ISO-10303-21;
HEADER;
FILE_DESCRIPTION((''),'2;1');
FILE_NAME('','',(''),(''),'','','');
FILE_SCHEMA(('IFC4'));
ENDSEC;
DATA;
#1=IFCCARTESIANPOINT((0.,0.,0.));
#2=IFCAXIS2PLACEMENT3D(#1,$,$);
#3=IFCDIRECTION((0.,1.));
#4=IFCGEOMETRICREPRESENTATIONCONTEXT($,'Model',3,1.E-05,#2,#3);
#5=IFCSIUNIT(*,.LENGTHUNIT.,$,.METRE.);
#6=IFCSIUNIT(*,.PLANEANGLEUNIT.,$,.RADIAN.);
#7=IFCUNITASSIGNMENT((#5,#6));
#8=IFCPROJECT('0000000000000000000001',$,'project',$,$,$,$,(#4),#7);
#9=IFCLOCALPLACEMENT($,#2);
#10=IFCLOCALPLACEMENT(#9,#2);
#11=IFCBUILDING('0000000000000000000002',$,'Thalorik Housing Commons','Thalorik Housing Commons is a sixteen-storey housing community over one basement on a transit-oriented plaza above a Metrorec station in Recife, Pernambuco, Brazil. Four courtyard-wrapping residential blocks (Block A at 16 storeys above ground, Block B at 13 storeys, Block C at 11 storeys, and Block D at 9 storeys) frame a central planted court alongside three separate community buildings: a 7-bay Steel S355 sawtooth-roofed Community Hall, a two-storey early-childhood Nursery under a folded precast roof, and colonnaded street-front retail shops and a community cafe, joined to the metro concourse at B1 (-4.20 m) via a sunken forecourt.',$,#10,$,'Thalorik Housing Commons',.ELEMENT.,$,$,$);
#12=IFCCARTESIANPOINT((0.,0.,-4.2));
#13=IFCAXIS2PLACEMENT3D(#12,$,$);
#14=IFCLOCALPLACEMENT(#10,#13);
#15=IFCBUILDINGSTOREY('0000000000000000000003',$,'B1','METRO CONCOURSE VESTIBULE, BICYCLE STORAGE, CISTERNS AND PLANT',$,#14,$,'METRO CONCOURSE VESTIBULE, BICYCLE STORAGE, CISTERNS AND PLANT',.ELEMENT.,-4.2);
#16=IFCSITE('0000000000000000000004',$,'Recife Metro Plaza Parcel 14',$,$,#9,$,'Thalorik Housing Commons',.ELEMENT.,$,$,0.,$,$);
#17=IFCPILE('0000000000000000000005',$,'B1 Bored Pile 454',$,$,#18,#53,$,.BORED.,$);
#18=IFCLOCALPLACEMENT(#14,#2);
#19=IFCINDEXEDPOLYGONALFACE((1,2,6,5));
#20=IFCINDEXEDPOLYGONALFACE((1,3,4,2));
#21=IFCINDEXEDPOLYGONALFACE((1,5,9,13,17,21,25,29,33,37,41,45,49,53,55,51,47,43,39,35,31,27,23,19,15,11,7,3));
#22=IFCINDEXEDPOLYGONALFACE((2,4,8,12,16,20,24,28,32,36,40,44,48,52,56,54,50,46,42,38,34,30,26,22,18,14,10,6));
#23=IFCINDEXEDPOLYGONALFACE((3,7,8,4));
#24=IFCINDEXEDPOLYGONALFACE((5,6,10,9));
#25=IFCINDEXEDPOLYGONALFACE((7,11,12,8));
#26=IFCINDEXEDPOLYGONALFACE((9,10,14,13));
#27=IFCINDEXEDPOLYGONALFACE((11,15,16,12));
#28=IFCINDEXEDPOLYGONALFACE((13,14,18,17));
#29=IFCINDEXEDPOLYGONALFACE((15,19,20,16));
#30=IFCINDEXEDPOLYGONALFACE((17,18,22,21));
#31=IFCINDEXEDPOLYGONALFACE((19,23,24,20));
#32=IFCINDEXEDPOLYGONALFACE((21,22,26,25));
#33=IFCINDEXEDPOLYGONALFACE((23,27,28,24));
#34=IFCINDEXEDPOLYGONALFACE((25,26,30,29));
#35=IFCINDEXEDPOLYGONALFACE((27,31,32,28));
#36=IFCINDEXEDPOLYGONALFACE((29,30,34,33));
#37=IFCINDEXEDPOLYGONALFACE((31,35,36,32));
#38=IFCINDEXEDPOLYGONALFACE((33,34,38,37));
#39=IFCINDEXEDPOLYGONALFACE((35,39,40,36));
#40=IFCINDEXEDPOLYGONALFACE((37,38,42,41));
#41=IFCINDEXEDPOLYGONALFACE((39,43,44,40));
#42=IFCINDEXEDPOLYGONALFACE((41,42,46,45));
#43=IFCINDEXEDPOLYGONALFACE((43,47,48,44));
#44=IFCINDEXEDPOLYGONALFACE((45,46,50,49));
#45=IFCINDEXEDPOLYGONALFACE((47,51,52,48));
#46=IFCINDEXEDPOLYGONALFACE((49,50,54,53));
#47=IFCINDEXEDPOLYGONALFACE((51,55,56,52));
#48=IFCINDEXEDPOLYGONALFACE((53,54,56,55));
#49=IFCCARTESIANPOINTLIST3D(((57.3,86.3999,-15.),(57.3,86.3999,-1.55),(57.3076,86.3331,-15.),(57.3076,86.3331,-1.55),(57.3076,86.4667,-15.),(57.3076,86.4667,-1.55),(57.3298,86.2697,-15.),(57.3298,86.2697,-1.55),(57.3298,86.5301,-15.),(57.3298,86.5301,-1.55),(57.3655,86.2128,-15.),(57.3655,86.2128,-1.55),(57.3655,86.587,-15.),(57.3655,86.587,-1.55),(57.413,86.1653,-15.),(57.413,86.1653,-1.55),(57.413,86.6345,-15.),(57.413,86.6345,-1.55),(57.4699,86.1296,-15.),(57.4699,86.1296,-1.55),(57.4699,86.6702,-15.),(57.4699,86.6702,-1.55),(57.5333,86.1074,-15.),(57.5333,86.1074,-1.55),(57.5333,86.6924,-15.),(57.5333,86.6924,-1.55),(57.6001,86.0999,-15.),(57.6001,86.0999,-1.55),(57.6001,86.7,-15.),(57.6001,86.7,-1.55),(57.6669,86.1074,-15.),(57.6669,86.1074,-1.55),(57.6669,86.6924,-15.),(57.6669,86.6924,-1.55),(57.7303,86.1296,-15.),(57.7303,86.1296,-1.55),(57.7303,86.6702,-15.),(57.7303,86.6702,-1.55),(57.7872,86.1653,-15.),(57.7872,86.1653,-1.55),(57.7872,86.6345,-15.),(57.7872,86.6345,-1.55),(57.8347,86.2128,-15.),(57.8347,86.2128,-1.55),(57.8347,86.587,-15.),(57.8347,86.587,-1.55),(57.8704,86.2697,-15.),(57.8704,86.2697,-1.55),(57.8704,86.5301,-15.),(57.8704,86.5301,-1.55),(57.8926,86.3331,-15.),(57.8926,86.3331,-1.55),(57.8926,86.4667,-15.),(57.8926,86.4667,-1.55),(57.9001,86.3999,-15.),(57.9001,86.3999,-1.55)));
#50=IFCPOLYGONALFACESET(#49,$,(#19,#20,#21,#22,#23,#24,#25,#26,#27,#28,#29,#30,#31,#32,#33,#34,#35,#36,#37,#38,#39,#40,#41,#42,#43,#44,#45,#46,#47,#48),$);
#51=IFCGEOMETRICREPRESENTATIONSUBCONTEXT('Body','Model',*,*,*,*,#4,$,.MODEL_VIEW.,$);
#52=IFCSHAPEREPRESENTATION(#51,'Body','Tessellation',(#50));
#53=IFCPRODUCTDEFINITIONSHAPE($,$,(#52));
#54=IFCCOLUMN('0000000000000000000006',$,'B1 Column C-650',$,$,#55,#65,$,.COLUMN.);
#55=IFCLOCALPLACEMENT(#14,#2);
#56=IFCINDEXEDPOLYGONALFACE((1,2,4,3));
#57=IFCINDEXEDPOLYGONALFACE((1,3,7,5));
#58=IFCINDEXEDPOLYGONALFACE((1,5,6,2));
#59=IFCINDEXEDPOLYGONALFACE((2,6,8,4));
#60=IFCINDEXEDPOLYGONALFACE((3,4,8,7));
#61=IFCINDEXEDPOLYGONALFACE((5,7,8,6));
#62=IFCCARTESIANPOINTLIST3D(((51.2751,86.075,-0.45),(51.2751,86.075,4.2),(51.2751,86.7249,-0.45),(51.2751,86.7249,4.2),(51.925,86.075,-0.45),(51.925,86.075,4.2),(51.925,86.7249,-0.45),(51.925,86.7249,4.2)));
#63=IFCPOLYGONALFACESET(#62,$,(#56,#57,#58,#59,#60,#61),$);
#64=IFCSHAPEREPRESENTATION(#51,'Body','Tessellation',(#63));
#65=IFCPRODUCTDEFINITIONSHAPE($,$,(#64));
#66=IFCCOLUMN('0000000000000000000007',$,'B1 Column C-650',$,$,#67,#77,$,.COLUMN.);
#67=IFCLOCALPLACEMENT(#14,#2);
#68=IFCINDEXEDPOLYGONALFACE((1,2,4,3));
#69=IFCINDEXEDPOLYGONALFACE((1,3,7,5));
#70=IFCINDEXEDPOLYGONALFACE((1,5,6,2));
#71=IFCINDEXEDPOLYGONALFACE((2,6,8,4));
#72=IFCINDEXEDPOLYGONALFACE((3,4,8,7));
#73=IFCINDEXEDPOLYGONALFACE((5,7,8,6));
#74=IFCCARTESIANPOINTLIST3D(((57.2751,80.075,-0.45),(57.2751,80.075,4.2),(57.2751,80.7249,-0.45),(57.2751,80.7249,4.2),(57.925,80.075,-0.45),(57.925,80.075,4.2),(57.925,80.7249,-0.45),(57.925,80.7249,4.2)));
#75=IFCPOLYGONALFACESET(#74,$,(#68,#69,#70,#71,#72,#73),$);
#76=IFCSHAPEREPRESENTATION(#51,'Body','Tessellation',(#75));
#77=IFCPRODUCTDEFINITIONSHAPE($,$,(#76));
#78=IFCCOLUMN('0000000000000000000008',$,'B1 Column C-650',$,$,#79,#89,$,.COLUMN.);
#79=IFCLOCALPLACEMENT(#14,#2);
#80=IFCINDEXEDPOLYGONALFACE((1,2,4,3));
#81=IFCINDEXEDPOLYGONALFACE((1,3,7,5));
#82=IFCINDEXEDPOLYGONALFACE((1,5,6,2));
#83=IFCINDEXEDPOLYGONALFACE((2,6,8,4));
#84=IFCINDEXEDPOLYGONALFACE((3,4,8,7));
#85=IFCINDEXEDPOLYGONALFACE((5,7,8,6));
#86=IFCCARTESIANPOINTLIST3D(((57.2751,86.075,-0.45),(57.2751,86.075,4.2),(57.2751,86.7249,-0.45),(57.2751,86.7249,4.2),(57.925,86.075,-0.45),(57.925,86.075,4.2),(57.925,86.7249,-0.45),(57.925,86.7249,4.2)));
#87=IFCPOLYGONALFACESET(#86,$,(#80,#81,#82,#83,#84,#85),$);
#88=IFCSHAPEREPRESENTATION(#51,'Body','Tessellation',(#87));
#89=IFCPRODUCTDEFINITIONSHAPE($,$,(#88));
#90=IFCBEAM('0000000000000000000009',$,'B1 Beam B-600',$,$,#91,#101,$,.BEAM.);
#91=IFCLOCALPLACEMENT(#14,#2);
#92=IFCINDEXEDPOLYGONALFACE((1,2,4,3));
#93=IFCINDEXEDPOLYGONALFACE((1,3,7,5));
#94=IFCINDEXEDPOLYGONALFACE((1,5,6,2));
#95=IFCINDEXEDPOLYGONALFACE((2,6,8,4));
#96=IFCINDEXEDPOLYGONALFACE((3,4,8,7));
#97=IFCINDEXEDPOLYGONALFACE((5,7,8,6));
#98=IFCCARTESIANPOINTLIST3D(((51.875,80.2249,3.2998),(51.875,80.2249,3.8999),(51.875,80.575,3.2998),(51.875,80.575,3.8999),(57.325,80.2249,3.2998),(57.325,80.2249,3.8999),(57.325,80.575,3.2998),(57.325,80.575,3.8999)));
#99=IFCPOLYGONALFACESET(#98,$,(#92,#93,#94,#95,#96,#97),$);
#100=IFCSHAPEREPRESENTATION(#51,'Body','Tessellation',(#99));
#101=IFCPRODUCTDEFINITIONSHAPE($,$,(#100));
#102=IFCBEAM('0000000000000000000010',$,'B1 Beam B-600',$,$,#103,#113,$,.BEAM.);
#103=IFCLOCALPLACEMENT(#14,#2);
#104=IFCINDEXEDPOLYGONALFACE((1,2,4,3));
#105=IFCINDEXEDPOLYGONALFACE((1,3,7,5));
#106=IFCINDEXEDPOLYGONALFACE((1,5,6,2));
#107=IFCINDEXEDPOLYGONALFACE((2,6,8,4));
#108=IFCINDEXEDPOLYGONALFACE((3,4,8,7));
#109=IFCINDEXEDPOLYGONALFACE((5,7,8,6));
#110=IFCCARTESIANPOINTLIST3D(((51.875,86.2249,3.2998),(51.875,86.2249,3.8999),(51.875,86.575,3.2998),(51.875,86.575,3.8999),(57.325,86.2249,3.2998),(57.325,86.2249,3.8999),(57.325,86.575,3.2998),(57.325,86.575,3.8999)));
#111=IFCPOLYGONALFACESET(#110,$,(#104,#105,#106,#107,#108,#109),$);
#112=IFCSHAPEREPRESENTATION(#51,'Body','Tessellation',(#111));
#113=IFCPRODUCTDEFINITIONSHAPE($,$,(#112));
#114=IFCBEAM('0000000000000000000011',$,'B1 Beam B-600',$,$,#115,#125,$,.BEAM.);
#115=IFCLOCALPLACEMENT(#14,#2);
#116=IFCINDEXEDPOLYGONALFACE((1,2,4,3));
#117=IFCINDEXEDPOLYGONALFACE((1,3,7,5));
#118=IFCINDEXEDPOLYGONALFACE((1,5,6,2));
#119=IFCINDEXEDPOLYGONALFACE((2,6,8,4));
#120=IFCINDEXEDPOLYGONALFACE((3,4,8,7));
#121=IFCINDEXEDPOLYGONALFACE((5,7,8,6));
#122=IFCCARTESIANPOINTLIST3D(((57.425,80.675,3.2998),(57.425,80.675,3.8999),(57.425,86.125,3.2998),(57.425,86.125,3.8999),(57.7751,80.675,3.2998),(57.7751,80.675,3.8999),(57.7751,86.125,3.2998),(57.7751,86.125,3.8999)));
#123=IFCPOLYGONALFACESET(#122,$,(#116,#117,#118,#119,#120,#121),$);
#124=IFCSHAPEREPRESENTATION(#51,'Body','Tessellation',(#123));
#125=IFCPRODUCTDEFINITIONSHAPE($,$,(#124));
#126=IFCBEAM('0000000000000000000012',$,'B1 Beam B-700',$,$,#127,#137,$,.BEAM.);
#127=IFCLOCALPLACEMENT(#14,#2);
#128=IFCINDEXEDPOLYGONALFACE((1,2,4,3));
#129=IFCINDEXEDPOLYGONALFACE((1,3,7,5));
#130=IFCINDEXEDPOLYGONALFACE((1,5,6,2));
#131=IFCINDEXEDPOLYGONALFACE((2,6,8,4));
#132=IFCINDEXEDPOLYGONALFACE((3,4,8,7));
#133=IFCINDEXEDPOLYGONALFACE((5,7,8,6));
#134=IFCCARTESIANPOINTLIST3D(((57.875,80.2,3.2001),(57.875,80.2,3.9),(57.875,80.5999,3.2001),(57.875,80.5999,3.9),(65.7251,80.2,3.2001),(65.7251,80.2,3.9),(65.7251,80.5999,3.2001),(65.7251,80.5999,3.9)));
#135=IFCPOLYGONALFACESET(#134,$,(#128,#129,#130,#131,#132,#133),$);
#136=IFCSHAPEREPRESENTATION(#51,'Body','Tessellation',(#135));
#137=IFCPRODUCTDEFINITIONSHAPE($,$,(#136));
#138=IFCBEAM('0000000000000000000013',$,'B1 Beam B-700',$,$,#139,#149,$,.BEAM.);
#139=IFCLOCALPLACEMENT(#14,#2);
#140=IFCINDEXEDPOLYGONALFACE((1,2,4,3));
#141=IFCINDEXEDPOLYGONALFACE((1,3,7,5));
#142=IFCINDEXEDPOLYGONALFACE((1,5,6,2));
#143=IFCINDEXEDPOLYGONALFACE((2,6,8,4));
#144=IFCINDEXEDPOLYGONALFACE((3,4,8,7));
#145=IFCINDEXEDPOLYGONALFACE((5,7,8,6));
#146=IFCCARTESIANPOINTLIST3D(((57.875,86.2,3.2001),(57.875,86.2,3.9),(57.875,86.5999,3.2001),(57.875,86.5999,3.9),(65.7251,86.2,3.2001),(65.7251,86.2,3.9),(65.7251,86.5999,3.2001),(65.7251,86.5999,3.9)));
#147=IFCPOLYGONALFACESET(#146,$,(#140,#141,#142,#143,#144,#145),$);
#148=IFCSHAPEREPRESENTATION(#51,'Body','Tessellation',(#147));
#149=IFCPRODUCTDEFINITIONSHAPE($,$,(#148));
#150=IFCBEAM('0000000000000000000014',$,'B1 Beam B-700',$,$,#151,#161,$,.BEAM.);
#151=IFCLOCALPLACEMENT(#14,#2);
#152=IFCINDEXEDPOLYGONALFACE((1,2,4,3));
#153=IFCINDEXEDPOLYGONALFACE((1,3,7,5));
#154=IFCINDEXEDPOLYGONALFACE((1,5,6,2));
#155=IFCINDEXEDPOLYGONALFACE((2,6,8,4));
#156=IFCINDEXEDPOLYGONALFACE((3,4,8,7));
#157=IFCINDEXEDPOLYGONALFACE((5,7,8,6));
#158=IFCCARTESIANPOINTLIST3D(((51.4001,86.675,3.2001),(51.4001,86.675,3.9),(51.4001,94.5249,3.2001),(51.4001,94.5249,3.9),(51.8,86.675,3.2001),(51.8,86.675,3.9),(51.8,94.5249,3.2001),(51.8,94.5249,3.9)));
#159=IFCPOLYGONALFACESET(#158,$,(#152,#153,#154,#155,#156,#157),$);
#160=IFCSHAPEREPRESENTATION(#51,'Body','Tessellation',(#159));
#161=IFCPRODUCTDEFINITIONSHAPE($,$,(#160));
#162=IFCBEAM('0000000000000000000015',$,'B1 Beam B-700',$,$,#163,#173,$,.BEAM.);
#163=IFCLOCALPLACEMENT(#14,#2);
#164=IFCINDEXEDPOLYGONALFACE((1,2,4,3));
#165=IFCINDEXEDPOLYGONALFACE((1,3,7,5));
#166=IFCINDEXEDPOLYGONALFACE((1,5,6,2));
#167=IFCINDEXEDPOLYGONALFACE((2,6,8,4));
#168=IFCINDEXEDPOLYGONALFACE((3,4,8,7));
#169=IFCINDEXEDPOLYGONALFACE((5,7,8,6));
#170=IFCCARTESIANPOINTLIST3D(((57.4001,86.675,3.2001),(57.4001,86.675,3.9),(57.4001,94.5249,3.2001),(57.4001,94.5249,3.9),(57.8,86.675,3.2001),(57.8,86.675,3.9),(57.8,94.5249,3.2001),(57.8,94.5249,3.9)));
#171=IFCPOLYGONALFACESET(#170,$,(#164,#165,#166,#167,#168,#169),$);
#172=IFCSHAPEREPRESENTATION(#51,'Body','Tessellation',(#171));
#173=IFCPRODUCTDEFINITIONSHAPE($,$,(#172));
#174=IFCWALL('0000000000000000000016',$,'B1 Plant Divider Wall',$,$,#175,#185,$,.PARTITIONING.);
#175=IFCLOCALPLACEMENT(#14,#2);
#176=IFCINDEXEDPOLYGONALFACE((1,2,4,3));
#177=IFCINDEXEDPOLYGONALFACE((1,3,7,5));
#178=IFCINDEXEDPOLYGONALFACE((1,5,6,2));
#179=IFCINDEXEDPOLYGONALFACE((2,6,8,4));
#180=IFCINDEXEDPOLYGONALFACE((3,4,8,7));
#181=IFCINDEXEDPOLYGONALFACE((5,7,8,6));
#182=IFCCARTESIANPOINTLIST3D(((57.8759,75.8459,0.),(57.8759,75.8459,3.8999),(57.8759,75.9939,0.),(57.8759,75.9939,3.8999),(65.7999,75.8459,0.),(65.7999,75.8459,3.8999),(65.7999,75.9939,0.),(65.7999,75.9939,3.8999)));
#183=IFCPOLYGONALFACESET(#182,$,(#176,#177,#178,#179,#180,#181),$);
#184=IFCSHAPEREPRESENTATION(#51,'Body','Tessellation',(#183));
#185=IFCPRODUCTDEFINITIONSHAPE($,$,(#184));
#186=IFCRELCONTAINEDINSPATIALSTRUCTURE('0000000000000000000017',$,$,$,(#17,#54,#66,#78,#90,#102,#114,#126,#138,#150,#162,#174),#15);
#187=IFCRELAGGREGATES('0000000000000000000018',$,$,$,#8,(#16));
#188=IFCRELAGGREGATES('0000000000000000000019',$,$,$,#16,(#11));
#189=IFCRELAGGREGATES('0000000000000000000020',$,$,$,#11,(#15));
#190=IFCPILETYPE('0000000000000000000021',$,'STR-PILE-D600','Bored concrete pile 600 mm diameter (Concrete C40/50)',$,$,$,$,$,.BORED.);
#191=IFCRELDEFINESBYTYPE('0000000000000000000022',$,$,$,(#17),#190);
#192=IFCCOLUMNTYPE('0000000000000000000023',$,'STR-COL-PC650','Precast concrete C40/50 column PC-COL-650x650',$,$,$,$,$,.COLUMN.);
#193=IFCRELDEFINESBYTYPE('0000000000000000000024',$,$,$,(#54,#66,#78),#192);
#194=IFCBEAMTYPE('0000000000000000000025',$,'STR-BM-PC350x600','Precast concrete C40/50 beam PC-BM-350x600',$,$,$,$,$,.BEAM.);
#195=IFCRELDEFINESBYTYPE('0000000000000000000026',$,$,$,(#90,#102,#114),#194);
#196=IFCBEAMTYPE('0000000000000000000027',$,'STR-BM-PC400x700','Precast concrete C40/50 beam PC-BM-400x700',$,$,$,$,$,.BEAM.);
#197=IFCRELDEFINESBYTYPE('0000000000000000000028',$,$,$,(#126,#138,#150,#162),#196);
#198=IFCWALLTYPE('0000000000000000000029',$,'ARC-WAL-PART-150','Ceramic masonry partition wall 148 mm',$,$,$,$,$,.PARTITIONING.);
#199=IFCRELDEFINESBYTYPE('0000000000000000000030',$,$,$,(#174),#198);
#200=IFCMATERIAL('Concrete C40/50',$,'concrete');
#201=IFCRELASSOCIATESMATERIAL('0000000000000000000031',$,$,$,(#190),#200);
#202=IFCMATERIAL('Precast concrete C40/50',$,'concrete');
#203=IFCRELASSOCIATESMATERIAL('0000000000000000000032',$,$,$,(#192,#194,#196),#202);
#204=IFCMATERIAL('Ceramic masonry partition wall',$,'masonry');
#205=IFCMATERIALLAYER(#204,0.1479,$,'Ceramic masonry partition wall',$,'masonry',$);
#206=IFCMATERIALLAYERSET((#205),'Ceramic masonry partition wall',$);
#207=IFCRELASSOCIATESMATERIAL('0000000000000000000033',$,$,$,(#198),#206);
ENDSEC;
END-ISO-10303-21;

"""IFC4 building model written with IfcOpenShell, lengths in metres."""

from ifc_helpers import new_model, si_unit, direction, frame, frame_2d, origin, origin_2d, place, context, subcontext, project, spatial, rectangle, circle, extrude, material, layer, layer_set, material_profile, profile_set, type_object, element, save


model = new_model("IFC4")

# Units and contexts
model_context = context("Model", 3, precision=1e-05, world=origin(), true_north=direction((0.0, 1.0)))
body_context = subcontext(model_context, "Body", "Model", "MODEL_VIEW")
ifc_project = project(units=[si_unit("LENGTHUNIT", "METRE"), si_unit("PLANEANGLEUNIT", "RADIAN")], contexts=[model_context])

# Site, building, storey
site_placement = place(None, origin())
site = spatial("IfcSite", under=ifc_project, at=site_placement, Name="Recife Metro Plaza Parcel 14", LongName="Thalorik Housing Commons", CompositionType="ELEMENT", RefElevation=0.0)
building_placement = place(site_placement, origin())
building = spatial("IfcBuilding", under=site, at=building_placement, Name="Thalorik Housing Commons", Description="Thalorik Housing Commons is a sixteen-storey housing community over one basement on a transit-oriented plaza above a Metrorec station in Recife, Pernambuco, Brazil. Four courtyard-wrapping residential blocks (Block A at 16 storeys above ground, Block B at 13 storeys, Block C at 11 storeys, and Block D at 9 storeys) frame a central planted court alongside three separate community buildings: a 7-bay Steel S355 sawtooth-roofed Community Hall, a two-storey early-childhood Nursery under a folded precast roof, and colonnaded street-front retail shops and a community cafe, joined to the metro concourse at B1 (-4.20 m) via a sunken forecourt.", LongName="Thalorik Housing Commons", CompositionType="ELEMENT")
storey_placement = place(building_placement, frame((0.0, 0.0, -4.2)))
storey = spatial("IfcBuildingStorey", under=building, at=storey_placement, Name="B1", Description="METRO CONCOURSE VESTIBULE, BICYCLE STORAGE, CISTERNS AND PLANT", LongName="METRO CONCOURSE VESTIBULE, BICYCLE STORAGE, CISTERNS AND PLANT", CompositionType="ELEMENT", Elevation=-4.2)

# Shared definitions
ifc_material_1 = material(Name="Concrete C40/50", Category="concrete")

# Pile
ifc_material_profile_1 = material_profile(ifc_material_1, circle(Radius=0.3, at=origin_2d()), Name="BORED PILE D600", Category="concrete")
ifc_profile_set_1 = profile_set([ifc_material_profile_1], Name="Concrete C40/50")
pile_type = type_object("IfcPileType", Name="STR-PILE-D600", Description="Bored concrete pile 600 mm diameter (Concrete C40/50)", PredefinedType="BORED", material=ifc_profile_set_1)
for number, where, z_axis, x_axis, name in (
    (1, (57.6001, 86.3999, -1.55), (0.0, 0.0, -1.0), (1.0, 0.0, 0.0), "B1 Bored Pile 454"),
):
    element("IfcPile", number, at=place(storey_placement, frame(where, z_axis=z_axis, x_axis=x_axis)), inside=storey, type_object=pile_type, Name=name, PredefinedType="BORED", context=body_context, shape_type="SweptSolid", body=[
        extrude(circle(Radius=0.3, at=origin_2d()), origin(), (0.0, 0.0, 1.0), 13.45),
    ])

# Columns
ifc_material_2 = material(Name="Precast concrete C40/50", Category="concrete")
ifc_material_profile_2 = material_profile(ifc_material_2, rectangle(XDim=0.6499, YDim=0.6499, at=origin_2d()), Name="PC 650x650", Category="concrete")
ifc_profile_set_2 = profile_set([ifc_material_profile_2], Name="Precast concrete C40/50")
column_type = type_object("IfcColumnType", Name="STR-COL-PC650", Description="Precast concrete C40/50 column PC-COL-650x650", PredefinedType="COLUMN", material=ifc_profile_set_2)
for number, where, z_axis, x_axis, name in (
    (2, (51.6001, 86.3999, -0.45), (0.0, 0.0, 1.0), (1.0, 0.0, 0.0), "B1 Column C-650"),
    (3, (57.6001, 80.3999, -0.45), (0.0, 0.0, 1.0), (1.0, 0.0, 0.0), "B1 Column C-650"),
    (4, (57.6001, 86.3999, -0.45), (0.0, 0.0, 1.0), (1.0, 0.0, 0.0), "B1 Column C-650"),
):
    element("IfcColumn", number, at=place(storey_placement, frame(where, z_axis=z_axis, x_axis=x_axis)), inside=storey, type_object=column_type, Name=name, PredefinedType="COLUMN", context=body_context, shape_type="SweptSolid", body=[
        extrude(rectangle(XDim=0.6499, YDim=0.6499, at=origin_2d()), origin(), (0.0, 0.0, 1.0), 4.6499),
    ])

# Beams
ifc_material_profile_3 = material_profile(ifc_material_2, rectangle(XDim=0.3501, YDim=0.6001, at=origin_2d()), Name="PC 350x600", Category="concrete")
ifc_profile_set_3 = profile_set([ifc_material_profile_3], Name="Precast concrete C40/50")
beam_type_1 = type_object("IfcBeamType", Name="STR-BM-PC350x600", Description="Precast concrete C40/50 beam PC-BM-350x600", PredefinedType="BEAM", material=ifc_profile_set_3)
for number, where, z_axis, x_axis, name in (
    (5, (51.875, 80.3999, 3.5999), (1.0, 0.0, 0.0), (0.0, 1.0, 0.0), "B1 Beam B-600"),
    (6, (51.875, 86.3999, 3.5999), (1.0, 0.0, 0.0), (0.0, 1.0, 0.0), "B1 Beam B-600"),
    (7, (57.6001, 80.675, 3.5999), (0.0, 1.0, 0.0), (-1.0, 0.0, 0.0), "B1 Beam B-600"),
):
    element("IfcBeam", number, at=place(storey_placement, frame(where, z_axis=z_axis, x_axis=x_axis)), inside=storey, type_object=beam_type_1, Name=name, PredefinedType="BEAM", context=body_context, shape_type="SweptSolid", body=[
        extrude(rectangle(XDim=0.3501, YDim=0.6001, at=origin_2d()), origin(), (0.0, 0.0, 1.0), 5.45),
    ])
ifc_material_profile_4 = material_profile(ifc_material_2, rectangle(XDim=0.3999, YDim=0.7, at=origin_2d()), Name="PC 400x700", Category="concrete")
ifc_profile_set_4 = profile_set([ifc_material_profile_4], Name="Precast concrete C40/50")
beam_type_2 = type_object("IfcBeamType", Name="STR-BM-PC400x700", Description="Precast concrete C40/50 beam PC-BM-400x700", PredefinedType="BEAM", material=ifc_profile_set_4)
for number, where, z_axis, x_axis, name in (
    (8, (57.875, 80.3999, 3.55), (1.0, 0.0, 0.0), (0.0, 1.0, 0.0), "B1 Beam B-700"),
    (9, (57.875, 86.3999, 3.55), (1.0, 0.0, 0.0), (0.0, 1.0, 0.0), "B1 Beam B-700"),
):
    element("IfcBeam", number, at=place(storey_placement, frame(where, z_axis=z_axis, x_axis=x_axis)), inside=storey, type_object=beam_type_2, Name=name, PredefinedType="BEAM", context=body_context, shape_type="SweptSolid", body=[
        extrude(rectangle(XDim=0.3999, YDim=0.7, at=origin_2d()), origin(), (0.0, 0.0, 1.0), 7.8501),
    ])
for number, where, z_axis, x_axis, name in (
    (10, (51.6001, 86.675, 3.55), (0.0, 1.0, 0.0), (-1.0, 0.0, 0.0), "B1 Beam B-700"),
    (11, (57.6001, 86.675, 3.55), (0.0, 1.0, 0.0), (-1.0, 0.0, 0.0), "B1 Beam B-700"),
):
    element("IfcBeam", number, at=place(storey_placement, frame(where, z_axis=z_axis, x_axis=x_axis)), inside=storey, type_object=beam_type_2, Name=name, PredefinedType="BEAM", context=body_context, shape_type="SweptSolid", body=[
        extrude(rectangle(XDim=0.3999, YDim=0.7, at=origin_2d()), origin(), (0.0, 0.0, 1.0), 7.8499),
    ])

# Wall
ifc_material_3 = material(Name="Ceramic masonry partition wall", Category="masonry")
ifc_layer = layer(ifc_material_3, 0.1479, Name="Ceramic masonry partition wall", Category="masonry")
ifc_layer_set = layer_set([ifc_layer], Name="Ceramic masonry partition wall")
wall_type = type_object("IfcWallType", Name="ARC-WAL-PART-150", Description="Ceramic masonry partition wall 148 mm", PredefinedType="PARTITIONING", material=ifc_layer_set)
wall_placement = place(storey_placement, frame((57.876, 75.9199, 0.0), z_axis=(0.0, 0.0, 1.0), x_axis=(1.0, 0.0, 0.0)))
element("IfcWall", 12, at=wall_placement, inside=storey, type_object=wall_type, Name="B1 Plant Divider Wall", PredefinedType="PARTITIONING", context=body_context, shape_type="SweptSolid", body=[
    extrude(rectangle(XDim=7.9241, YDim=0.1479, at=frame_2d((3.9619, 0.0))), origin(), (0.0, 0.0, 1.0), 3.8999),
])

save(model, "model.ifc")
